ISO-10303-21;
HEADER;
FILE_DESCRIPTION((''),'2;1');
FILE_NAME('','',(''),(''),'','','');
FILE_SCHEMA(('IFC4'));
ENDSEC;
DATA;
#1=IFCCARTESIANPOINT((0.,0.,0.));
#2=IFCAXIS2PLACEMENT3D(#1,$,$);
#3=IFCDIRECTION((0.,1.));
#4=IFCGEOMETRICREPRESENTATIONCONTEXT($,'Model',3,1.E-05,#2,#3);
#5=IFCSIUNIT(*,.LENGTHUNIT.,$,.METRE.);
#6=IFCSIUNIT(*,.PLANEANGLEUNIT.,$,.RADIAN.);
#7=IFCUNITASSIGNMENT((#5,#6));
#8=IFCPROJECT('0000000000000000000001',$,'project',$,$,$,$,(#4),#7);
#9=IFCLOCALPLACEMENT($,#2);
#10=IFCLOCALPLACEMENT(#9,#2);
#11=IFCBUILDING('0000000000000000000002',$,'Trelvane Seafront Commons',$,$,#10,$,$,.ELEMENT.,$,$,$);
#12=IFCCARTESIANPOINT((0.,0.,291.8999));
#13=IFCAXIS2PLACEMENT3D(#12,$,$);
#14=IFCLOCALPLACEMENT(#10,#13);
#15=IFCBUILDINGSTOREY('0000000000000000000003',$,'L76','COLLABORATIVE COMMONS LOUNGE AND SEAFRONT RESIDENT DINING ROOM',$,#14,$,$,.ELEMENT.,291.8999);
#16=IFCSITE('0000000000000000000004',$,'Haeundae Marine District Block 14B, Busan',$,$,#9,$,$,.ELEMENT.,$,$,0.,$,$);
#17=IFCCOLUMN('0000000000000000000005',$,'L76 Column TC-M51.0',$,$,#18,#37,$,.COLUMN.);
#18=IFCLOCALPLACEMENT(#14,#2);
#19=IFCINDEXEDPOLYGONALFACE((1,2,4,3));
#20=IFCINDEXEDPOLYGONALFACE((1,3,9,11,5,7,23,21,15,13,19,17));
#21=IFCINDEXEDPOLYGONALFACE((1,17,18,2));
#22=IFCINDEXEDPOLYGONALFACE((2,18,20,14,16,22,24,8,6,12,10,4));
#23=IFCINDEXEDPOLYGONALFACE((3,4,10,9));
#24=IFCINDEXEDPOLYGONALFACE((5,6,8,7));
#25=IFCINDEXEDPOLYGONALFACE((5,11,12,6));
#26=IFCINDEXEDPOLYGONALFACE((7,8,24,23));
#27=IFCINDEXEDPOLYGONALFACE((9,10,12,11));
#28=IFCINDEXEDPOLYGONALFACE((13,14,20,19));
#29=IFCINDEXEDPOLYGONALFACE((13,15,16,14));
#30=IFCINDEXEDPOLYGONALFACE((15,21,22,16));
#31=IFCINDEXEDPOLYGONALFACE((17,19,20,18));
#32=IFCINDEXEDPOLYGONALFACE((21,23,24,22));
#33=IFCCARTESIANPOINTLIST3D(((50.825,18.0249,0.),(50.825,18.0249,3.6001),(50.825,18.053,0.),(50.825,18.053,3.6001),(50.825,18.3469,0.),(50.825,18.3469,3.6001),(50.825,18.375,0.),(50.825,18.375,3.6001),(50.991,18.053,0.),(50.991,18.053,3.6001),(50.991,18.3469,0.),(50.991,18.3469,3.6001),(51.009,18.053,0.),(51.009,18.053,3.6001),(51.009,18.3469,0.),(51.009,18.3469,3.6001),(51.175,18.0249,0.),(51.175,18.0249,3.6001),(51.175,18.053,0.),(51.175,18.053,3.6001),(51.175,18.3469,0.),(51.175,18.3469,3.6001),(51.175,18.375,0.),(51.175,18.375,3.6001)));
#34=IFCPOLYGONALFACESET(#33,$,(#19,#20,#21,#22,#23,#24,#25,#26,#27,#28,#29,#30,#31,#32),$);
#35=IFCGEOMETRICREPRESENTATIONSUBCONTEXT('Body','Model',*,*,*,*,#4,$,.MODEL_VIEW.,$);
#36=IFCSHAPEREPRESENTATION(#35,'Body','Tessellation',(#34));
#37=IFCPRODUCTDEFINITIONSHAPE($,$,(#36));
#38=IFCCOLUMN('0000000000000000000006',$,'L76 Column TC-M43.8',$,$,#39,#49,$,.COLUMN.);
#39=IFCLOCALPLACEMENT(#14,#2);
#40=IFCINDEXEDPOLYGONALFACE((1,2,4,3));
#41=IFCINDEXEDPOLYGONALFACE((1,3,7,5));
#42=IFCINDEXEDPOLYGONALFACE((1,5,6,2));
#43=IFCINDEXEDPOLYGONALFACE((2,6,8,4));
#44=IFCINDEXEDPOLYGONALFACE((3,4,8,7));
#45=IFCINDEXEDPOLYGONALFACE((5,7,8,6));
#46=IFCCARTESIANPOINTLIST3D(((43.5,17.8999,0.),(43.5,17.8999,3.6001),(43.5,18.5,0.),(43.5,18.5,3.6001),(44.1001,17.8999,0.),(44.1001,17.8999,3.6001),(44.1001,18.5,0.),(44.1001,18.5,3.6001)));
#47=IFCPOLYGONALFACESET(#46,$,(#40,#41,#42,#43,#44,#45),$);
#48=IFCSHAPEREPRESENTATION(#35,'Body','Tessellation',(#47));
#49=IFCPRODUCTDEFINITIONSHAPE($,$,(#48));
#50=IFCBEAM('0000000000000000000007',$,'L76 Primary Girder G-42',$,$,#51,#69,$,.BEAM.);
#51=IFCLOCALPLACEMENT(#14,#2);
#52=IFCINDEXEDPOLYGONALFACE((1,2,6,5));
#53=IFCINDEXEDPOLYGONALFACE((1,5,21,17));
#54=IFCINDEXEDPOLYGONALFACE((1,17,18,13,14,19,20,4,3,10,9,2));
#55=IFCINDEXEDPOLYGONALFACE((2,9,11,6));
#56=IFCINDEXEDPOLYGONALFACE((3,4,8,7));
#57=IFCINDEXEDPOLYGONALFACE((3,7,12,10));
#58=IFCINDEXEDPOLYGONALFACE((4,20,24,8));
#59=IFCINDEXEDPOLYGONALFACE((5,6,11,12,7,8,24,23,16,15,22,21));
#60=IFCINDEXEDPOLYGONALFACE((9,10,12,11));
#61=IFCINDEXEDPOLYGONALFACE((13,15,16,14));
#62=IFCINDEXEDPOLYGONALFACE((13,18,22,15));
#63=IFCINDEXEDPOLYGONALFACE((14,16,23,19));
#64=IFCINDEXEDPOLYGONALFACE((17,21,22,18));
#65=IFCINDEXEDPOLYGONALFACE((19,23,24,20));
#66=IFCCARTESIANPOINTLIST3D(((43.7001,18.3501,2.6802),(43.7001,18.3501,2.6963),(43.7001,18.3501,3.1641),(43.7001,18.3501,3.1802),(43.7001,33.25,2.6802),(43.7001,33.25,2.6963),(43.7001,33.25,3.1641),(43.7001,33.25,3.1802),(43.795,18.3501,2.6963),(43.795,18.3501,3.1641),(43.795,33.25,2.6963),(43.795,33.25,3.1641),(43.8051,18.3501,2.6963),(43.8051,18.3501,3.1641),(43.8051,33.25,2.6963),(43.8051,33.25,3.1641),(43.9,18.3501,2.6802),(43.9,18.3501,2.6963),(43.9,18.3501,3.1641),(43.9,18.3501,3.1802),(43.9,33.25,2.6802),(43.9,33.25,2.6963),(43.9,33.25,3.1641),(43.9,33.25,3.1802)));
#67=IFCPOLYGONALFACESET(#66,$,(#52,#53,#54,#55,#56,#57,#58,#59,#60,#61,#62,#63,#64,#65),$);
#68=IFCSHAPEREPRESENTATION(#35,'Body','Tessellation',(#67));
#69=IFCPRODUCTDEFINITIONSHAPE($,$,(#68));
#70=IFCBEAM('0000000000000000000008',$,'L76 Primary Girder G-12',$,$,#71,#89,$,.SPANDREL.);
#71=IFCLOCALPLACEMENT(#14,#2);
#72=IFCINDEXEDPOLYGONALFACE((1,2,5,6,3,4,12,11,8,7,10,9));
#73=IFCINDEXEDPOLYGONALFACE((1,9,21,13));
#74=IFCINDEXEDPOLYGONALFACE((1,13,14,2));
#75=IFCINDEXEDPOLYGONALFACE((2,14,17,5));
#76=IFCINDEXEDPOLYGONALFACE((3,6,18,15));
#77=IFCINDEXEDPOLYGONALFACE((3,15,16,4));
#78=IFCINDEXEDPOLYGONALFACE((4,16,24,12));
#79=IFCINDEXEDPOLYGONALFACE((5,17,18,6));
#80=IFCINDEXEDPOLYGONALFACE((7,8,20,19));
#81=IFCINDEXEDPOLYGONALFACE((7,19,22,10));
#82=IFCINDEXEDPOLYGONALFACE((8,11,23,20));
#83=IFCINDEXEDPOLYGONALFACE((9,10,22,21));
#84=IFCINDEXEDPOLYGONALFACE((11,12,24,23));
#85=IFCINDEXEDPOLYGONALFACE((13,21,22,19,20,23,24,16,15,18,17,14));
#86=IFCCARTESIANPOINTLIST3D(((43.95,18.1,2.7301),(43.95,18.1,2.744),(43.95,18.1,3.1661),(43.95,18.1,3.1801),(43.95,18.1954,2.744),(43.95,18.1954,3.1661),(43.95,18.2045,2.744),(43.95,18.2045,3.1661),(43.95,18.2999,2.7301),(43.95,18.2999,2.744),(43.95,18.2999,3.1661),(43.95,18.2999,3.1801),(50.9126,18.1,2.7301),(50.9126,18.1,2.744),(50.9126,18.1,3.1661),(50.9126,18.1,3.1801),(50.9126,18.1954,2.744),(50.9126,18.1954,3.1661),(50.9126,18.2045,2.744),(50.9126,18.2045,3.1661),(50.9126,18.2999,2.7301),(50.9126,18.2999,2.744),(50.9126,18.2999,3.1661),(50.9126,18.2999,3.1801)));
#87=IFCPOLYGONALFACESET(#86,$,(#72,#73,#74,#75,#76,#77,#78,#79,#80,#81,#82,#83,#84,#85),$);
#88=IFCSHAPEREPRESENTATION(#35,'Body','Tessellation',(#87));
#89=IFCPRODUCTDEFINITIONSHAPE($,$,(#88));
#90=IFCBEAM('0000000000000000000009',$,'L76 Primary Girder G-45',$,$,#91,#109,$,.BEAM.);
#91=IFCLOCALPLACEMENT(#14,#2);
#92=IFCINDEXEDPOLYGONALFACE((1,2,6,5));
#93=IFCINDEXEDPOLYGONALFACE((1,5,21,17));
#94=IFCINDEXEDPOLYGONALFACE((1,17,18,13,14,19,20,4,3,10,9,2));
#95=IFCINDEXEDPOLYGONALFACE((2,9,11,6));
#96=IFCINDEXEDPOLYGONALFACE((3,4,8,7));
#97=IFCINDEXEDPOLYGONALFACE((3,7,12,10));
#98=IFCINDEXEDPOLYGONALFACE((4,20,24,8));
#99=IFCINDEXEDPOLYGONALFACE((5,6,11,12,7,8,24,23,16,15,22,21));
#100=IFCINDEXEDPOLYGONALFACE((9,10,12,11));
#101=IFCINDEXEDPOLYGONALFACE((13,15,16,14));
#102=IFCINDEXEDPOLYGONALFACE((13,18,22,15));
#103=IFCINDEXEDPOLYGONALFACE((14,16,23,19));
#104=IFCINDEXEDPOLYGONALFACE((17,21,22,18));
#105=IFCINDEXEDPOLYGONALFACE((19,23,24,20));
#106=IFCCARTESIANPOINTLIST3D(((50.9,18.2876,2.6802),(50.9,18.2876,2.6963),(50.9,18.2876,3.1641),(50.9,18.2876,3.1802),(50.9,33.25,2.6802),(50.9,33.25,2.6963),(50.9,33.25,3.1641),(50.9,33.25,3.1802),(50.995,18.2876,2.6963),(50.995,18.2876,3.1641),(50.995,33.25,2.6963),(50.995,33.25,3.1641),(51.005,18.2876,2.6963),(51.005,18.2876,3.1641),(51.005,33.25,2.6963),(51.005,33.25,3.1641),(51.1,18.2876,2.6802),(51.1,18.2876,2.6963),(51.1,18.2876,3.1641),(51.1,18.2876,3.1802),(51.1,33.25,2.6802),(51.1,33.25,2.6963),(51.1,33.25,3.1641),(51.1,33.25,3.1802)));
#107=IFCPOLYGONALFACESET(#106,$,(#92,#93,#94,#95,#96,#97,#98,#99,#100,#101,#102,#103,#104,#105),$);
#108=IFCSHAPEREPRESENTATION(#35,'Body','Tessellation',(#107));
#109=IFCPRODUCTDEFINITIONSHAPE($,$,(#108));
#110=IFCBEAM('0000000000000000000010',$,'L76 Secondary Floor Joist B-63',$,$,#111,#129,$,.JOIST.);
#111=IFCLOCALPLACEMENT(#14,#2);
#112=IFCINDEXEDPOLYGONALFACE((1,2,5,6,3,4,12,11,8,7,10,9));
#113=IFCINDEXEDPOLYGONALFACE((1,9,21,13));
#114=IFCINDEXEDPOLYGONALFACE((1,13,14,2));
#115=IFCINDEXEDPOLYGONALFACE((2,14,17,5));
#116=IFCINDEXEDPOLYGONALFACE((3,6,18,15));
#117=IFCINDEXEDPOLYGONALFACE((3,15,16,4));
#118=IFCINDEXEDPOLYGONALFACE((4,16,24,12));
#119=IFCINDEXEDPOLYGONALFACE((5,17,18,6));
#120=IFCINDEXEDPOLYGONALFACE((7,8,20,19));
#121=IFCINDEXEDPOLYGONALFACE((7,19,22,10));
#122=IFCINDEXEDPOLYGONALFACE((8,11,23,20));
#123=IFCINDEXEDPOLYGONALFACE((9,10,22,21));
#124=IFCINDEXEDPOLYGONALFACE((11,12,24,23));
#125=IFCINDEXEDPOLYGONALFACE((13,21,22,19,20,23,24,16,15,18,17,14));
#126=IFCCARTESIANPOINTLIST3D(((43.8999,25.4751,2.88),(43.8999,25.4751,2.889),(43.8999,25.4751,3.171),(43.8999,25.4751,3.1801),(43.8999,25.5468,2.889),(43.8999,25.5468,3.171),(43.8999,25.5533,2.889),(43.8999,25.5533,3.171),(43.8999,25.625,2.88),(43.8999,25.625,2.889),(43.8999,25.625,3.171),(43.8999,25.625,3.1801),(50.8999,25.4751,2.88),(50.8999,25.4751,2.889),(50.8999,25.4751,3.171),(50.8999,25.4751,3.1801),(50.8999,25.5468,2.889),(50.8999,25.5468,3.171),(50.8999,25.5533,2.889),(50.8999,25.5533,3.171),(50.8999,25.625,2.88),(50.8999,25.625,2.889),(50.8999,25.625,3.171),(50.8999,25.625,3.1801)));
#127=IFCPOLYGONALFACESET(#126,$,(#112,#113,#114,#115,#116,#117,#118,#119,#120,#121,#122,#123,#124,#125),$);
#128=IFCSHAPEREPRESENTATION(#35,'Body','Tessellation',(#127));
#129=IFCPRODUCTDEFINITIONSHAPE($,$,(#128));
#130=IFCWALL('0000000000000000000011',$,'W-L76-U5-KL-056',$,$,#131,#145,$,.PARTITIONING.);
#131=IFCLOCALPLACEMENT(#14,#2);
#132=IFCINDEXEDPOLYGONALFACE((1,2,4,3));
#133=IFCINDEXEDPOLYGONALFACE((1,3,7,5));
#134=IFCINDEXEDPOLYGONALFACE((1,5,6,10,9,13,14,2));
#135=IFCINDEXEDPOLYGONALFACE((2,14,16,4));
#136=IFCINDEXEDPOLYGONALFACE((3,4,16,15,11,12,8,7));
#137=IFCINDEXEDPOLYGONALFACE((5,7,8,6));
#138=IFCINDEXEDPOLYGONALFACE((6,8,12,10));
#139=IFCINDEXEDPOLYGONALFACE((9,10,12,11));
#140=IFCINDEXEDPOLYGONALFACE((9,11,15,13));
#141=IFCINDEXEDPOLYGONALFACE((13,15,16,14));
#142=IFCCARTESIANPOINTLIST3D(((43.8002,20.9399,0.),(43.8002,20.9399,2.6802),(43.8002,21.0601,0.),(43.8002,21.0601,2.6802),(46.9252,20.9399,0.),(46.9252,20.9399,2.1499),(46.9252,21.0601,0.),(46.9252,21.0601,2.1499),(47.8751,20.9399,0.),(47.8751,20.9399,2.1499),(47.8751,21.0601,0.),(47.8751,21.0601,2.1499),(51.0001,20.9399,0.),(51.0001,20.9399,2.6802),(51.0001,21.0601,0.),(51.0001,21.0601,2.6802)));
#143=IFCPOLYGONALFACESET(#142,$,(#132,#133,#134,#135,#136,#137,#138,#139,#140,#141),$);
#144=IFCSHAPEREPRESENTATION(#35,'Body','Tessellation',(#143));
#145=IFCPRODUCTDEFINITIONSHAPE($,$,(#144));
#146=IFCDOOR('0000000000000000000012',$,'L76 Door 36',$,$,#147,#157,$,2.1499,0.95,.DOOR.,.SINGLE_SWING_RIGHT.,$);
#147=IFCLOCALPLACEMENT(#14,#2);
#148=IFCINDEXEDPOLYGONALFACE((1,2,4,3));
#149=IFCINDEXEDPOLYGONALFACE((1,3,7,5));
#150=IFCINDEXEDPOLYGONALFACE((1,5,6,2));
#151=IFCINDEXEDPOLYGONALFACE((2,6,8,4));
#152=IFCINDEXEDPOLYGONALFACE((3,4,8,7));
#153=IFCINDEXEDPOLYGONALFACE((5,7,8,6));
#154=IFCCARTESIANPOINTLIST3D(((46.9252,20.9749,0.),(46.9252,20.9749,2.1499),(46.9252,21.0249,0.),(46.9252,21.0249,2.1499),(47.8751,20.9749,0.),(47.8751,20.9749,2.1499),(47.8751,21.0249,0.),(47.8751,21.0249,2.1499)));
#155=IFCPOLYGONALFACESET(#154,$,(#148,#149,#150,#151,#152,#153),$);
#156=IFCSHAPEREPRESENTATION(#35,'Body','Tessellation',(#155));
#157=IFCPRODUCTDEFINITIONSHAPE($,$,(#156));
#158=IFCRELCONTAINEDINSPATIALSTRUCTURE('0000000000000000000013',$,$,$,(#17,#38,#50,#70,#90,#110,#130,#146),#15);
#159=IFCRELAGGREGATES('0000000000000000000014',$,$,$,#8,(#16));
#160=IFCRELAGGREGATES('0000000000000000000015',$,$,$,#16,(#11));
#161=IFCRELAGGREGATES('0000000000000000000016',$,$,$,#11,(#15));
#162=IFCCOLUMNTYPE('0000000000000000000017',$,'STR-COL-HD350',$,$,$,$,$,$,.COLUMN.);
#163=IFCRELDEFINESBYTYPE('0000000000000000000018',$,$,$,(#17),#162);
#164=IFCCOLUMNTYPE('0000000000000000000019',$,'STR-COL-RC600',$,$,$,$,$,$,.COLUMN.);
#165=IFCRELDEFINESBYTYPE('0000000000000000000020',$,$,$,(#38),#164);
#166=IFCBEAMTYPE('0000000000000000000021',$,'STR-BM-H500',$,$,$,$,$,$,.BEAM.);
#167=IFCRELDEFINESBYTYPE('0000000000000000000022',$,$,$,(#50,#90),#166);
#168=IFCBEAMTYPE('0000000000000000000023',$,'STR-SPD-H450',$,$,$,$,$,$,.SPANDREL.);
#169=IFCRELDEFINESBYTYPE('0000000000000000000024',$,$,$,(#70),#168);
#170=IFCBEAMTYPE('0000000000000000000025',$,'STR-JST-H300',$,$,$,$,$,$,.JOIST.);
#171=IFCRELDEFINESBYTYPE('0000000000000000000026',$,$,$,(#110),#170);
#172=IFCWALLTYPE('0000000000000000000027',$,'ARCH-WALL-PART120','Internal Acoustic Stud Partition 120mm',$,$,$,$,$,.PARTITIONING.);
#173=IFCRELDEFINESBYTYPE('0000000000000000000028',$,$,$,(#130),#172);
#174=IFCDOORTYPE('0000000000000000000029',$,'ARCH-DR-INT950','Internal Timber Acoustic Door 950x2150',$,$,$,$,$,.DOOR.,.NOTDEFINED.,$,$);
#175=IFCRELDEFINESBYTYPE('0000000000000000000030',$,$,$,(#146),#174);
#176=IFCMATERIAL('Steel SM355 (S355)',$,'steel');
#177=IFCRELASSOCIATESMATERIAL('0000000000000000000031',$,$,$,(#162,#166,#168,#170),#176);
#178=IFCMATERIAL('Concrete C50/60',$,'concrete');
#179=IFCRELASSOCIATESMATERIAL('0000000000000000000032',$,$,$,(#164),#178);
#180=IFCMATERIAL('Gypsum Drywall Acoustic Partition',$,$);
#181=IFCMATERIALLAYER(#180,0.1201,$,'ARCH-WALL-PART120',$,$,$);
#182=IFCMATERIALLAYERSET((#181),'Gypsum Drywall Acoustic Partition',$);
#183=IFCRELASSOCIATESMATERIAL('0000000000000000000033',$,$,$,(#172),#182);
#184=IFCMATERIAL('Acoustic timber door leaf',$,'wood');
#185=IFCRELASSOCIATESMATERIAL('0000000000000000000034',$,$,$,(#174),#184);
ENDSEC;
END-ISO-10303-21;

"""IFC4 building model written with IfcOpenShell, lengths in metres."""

from ifc_helpers import new_model, si_unit, direction, frame, frame_2d, origin, origin_2d, place, context, subcontext, project, spatial, rectangle, i_section, extrude, source, transform, mapped, material, layer, layer_set, material_profile, profile_set, type_object, element, fill, save


model = new_model("IFC4")

# Units and contexts
model_context = context("Model", 3, precision=1e-05, world=origin(), true_north=direction((0.0, 1.0)))
body_context = subcontext(model_context, "Body", "Model", "MODEL_VIEW")
ifc_project = project(units=[si_unit("LENGTHUNIT", "METRE"), si_unit("PLANEANGLEUNIT", "RADIAN")], contexts=[model_context])

# Site, building, storey
site_placement = place(None, origin())
site = spatial("IfcSite", under=ifc_project, at=site_placement, Name="Haeundae Marine District Block 14B, Busan", CompositionType="ELEMENT", RefElevation=0.0)
building_placement = place(site_placement, origin())
building = spatial("IfcBuilding", under=site, at=building_placement, Name="Trelvane Seafront Commons", CompositionType="ELEMENT")
storey_placement = place(building_placement, frame((0.0, 0.0, 291.8999)))
storey = spatial("IfcBuildingStorey", under=building, at=storey_placement, Name="L76", Description="COLLABORATIVE COMMONS LOUNGE AND SEAFRONT RESIDENT DINING ROOM", CompositionType="ELEMENT", Elevation=291.8999)

# Columns
ifc_material_1 = material(Name="Steel SM355 (S355)", Category="steel")
ifc_material_profile_1 = material_profile(ifc_material_1, i_section(OverallWidth=0.3501, OverallDepth=0.3501, WebThickness=0.0181, FlangeThickness=0.0281, at=origin_2d()), Name="HD-350x350x18x28")
ifc_profile_set_1 = profile_set([ifc_material_profile_1], Name="Steel SM355 (S355)")
column_type_1 = type_object("IfcColumnType", Name="STR-COL-HD350", PredefinedType="COLUMN", material=ifc_profile_set_1)
shared_shape_1 = source(origin(), body_context, "Body", "SweptSolid", [
    extrude(i_section(OverallWidth=0.3501, OverallDepth=0.3501, WebThickness=0.0181, FlangeThickness=0.0281, at=origin_2d()), origin(), (0.0, 0.0, 1.0), 3.6001),
])
column_1_placement = place(storey_placement, frame((51.0, 18.2, 0.0), z_axis=(0.0, 0.0, 1.0), x_axis=(1.0, 0.0, 0.0)))
element("IfcColumn", 1, at=column_1_placement, inside=storey, type_object=column_type_1, Name="L76 Column TC-M51.0", PredefinedType="COLUMN", context=body_context, shape_type="MappedRepresentation", body=[
    mapped(shared_shape_1, transform((0.0, 0.0, 0.0), x_axis=(1.0, 0.0, 0.0), y_axis=(0.0, 1.0, 0.0), z_axis=(0.0, 0.0, 1.0), scale=1.0)),
])
ifc_material_2 = material(Name="Concrete C50/60", Category="concrete")
ifc_material_profile_2 = material_profile(ifc_material_2, rectangle(XDim=0.6001, YDim=0.6001, at=origin_2d()), Name="RC-600x600")
ifc_profile_set_2 = profile_set([ifc_material_profile_2], Name="Concrete C50/60")
column_type_2 = type_object("IfcColumnType", Name="STR-COL-RC600", PredefinedType="COLUMN", material=ifc_profile_set_2)
shared_shape_2 = source(origin(), body_context, "Body", "SweptSolid", [
    extrude(rectangle(XDim=0.6001, YDim=0.6001, at=origin_2d()), origin(), (0.0, 0.0, 1.0), 3.6001),
])
column_2_placement = place(storey_placement, frame((43.8, 18.2, 0.0), z_axis=(0.0, 0.0, 1.0), x_axis=(1.0, 0.0, 0.0)))
element("IfcColumn", 2, at=column_2_placement, inside=storey, type_object=column_type_2, Name="L76 Column TC-M43.8", PredefinedType="COLUMN", context=body_context, shape_type="MappedRepresentation", body=[
    mapped(shared_shape_2, transform((0.0, 0.0, 0.0), x_axis=(1.0, 0.0, 0.0), y_axis=(0.0, 1.0, 0.0), z_axis=(0.0, 0.0, 1.0), scale=1.0)),
])

# Beams
ifc_material_profile_3 = material_profile(ifc_material_1, i_section(OverallWidth=0.2, OverallDepth=0.5, WebThickness=0.01, FlangeThickness=0.0161, at=origin_2d()), Name="H-500x200x10x16")
ifc_profile_set_3 = profile_set([ifc_material_profile_3], Name="Steel SM355 (S355)")
beam_type_1 = type_object("IfcBeamType", Name="STR-BM-H500", PredefinedType="BEAM", material=ifc_profile_set_3)
shared_shape_3 = source(origin(), body_context, "Body", "SweptSolid", [
    extrude(i_section(OverallWidth=0.2, OverallDepth=0.5, WebThickness=0.01, FlangeThickness=0.0161, at=origin_2d()), origin(), (0.0, 0.0, 1.0), 14.8999),
])
beam_1_placement = place(storey_placement, frame((43.8, 18.3501, 2.9302), z_axis=(0.0, 1.0, 0.0), x_axis=(-1.0, 0.0, 0.0)))
element("IfcBeam", 3, at=beam_1_placement, inside=storey, type_object=beam_type_1, Name="L76 Primary Girder G-42", PredefinedType="BEAM", context=body_context, shape_type="MappedRepresentation", body=[
    mapped(shared_shape_3, transform((0.0, 0.0, 0.0), x_axis=(1.0, 0.0, 0.0), y_axis=(0.0, 1.0, 0.0), z_axis=(0.0, 0.0, 1.0), scale=1.0)),
])
ifc_material_profile_4 = material_profile(ifc_material_1, i_section(OverallWidth=0.2, OverallDepth=0.45, WebThickness=0.009, FlangeThickness=0.0139, at=origin_2d()), Name="H-450x200x9x14")
ifc_profile_set_4 = profile_set([ifc_material_profile_4], Name="Steel SM355 (S355)")
beam_type_2 = type_object("IfcBeamType", Name="STR-SPD-H450", PredefinedType="SPANDREL", material=ifc_profile_set_4)
shared_shape_4 = source(origin(), body_context, "Body", "SweptSolid", [
    extrude(i_section(OverallWidth=0.2, OverallDepth=0.45, WebThickness=0.009, FlangeThickness=0.0139, at=origin_2d()), origin(), (0.0, 0.0, 1.0), 6.9626),
])
beam_2_placement = place(storey_placement, frame((43.95, 18.2, 2.9551), z_axis=(1.0, 0.0, 0.0), x_axis=(0.0, 1.0, 0.0)))
element("IfcBeam", 4, at=beam_2_placement, inside=storey, type_object=beam_type_2, Name="L76 Primary Girder G-12", PredefinedType="SPANDREL", context=body_context, shape_type="MappedRepresentation", body=[
    mapped(shared_shape_4, transform((0.0, 0.0, 0.0), x_axis=(1.0, 0.0, 0.0), y_axis=(0.0, 1.0, 0.0), z_axis=(0.0, 0.0, 1.0), scale=1.0)),
])
shared_shape_5 = source(origin(), body_context, "Body", "SweptSolid", [
    extrude(i_section(OverallWidth=0.2, OverallDepth=0.5, WebThickness=0.01, FlangeThickness=0.0161, at=origin_2d()), origin(), (0.0, 0.0, 1.0), 14.9624),
])
beam_3_placement = place(storey_placement, frame((51.0, 18.2876, 2.9302), z_axis=(0.0, 1.0, 0.0), x_axis=(-1.0, 0.0, 0.0)))
element("IfcBeam", 5, at=beam_3_placement, inside=storey, type_object=beam_type_1, Name="L76 Primary Girder G-45", PredefinedType="BEAM", context=body_context, shape_type="MappedRepresentation", body=[
    mapped(shared_shape_5, transform((0.0, 0.0, 0.0), x_axis=(1.0, 0.0, 0.0), y_axis=(0.0, 1.0, 0.0), z_axis=(0.0, 0.0, 1.0), scale=1.0)),
])
ifc_material_profile_5 = material_profile(ifc_material_1, i_section(OverallWidth=0.1499, OverallDepth=0.3, WebThickness=0.0066, FlangeThickness=0.009, at=origin_2d()), Name="H-300x150x6.5x9")
ifc_profile_set_5 = profile_set([ifc_material_profile_5], Name="Steel SM355 (S355)")
beam_type_3 = type_object("IfcBeamType", Name="STR-JST-H300", PredefinedType="JOIST", material=ifc_profile_set_5)
shared_shape_6 = source(origin(), body_context, "Body", "SweptSolid", [
    extrude(i_section(OverallWidth=0.1499, OverallDepth=0.3, WebThickness=0.0066, FlangeThickness=0.009, at=origin_2d()), origin(), (0.0, 0.0, 1.0), 7.0),
])
beam_4_placement = place(storey_placement, frame((43.8999, 25.55, 3.03), z_axis=(1.0, 0.0, 0.0), x_axis=(0.0, 1.0, 0.0)))
element("IfcBeam", 6, at=beam_4_placement, inside=storey, type_object=beam_type_3, Name="L76 Secondary Floor Joist B-63", PredefinedType="JOIST", context=body_context, shape_type="MappedRepresentation", body=[
    mapped(shared_shape_6, transform((0.0, 0.0, 0.0), x_axis=(1.0, 0.0, 0.0), y_axis=(0.0, 1.0, 0.0), z_axis=(0.0, 0.0, 1.0), scale=1.0)),
])

# Wall, opening, door
ifc_material_3 = material(Name="Gypsum Drywall Acoustic Partition")
ifc_layer = layer(ifc_material_3, 0.1201, Name="ARCH-WALL-PART120")
ifc_layer_set = layer_set([ifc_layer], Name="Gypsum Drywall Acoustic Partition")
wall_type = type_object("IfcWallType", Name="ARCH-WALL-PART120", Description="Internal Acoustic Stud Partition 120mm", PredefinedType="PARTITIONING", material=ifc_layer_set)
wall_1_placement = place(storey_placement, frame((43.8, 21.0, 0.0), z_axis=(0.0, 0.0, 1.0), x_axis=(1.0, 0.0, 0.0)))
wall_1 = element("IfcWall", 7, at=wall_1_placement, inside=storey, type_object=wall_type, Name="W-L76-U5-KL-056", PredefinedType="PARTITIONING", context=body_context, shape_type="SweptSolid", body=[
    extrude(rectangle(XDim=7.2, YDim=0.1201, at=frame_2d((3.6001, 0.0))), origin(), (0.0, 0.0, 1.0), 2.6802),
])
opening_1_placement = place(wall_1_placement, frame((3.125, 0.0, 0.0)))
opening_1 = element("IfcOpeningElement", 8, at=opening_1_placement, cuts=wall_1, PredefinedType="OPENING", context=body_context, shape_type="SweptSolid", body=[
    extrude(rectangle(XDim=0.95, YDim=2.1499, at=frame_2d((0.4751, 1.075))), frame((0.0, 0.0701, 0.0), z_axis=(0.0, -1.0, 0.0), x_axis=(1.0, 0.0, 0.0)), (0.0, 0.0, 1.0), 0.1401),
])
ifc_material_4 = material(Name="Acoustic timber door leaf", Category="wood")
door_type = type_object("IfcDoorType", Name="ARCH-DR-INT950", Description="Internal Timber Acoustic Door 950x2150", OperationType="NOTDEFINED", PredefinedType="DOOR", material=ifc_material_4)
shared_shape_7 = source(origin(), body_context, "Body", "SweptSolid", [
    extrude(rectangle(XDim=0.95, YDim=2.1499, at=frame_2d((0.4751, 1.075))), frame((0.0, 0.0249, 0.0), z_axis=(0.0, -1.0, 0.0), x_axis=(1.0, 0.0, 0.0)), (0.0, 0.0, 1.0), 0.05),
])
door_1_placement = place(opening_1_placement, origin())
door_1 = element("IfcDoor", 9, at=door_1_placement, inside=storey, type_object=door_type, Name="L76 Door 36", OperationType="SINGLE_SWING_RIGHT", OverallHeight=2.1499, OverallWidth=0.95, PredefinedType="DOOR", context=body_context, shape_type="MappedRepresentation", body=[
    mapped(shared_shape_7, transform((0.0, 0.0, 0.0), x_axis=(1.0, 0.0, 0.0), y_axis=(0.0, 1.0, 0.0), z_axis=(0.0, 0.0, 1.0), scale=1.0)),
])
fill(opening_1, door_1)

save(model, "model.ifc")
